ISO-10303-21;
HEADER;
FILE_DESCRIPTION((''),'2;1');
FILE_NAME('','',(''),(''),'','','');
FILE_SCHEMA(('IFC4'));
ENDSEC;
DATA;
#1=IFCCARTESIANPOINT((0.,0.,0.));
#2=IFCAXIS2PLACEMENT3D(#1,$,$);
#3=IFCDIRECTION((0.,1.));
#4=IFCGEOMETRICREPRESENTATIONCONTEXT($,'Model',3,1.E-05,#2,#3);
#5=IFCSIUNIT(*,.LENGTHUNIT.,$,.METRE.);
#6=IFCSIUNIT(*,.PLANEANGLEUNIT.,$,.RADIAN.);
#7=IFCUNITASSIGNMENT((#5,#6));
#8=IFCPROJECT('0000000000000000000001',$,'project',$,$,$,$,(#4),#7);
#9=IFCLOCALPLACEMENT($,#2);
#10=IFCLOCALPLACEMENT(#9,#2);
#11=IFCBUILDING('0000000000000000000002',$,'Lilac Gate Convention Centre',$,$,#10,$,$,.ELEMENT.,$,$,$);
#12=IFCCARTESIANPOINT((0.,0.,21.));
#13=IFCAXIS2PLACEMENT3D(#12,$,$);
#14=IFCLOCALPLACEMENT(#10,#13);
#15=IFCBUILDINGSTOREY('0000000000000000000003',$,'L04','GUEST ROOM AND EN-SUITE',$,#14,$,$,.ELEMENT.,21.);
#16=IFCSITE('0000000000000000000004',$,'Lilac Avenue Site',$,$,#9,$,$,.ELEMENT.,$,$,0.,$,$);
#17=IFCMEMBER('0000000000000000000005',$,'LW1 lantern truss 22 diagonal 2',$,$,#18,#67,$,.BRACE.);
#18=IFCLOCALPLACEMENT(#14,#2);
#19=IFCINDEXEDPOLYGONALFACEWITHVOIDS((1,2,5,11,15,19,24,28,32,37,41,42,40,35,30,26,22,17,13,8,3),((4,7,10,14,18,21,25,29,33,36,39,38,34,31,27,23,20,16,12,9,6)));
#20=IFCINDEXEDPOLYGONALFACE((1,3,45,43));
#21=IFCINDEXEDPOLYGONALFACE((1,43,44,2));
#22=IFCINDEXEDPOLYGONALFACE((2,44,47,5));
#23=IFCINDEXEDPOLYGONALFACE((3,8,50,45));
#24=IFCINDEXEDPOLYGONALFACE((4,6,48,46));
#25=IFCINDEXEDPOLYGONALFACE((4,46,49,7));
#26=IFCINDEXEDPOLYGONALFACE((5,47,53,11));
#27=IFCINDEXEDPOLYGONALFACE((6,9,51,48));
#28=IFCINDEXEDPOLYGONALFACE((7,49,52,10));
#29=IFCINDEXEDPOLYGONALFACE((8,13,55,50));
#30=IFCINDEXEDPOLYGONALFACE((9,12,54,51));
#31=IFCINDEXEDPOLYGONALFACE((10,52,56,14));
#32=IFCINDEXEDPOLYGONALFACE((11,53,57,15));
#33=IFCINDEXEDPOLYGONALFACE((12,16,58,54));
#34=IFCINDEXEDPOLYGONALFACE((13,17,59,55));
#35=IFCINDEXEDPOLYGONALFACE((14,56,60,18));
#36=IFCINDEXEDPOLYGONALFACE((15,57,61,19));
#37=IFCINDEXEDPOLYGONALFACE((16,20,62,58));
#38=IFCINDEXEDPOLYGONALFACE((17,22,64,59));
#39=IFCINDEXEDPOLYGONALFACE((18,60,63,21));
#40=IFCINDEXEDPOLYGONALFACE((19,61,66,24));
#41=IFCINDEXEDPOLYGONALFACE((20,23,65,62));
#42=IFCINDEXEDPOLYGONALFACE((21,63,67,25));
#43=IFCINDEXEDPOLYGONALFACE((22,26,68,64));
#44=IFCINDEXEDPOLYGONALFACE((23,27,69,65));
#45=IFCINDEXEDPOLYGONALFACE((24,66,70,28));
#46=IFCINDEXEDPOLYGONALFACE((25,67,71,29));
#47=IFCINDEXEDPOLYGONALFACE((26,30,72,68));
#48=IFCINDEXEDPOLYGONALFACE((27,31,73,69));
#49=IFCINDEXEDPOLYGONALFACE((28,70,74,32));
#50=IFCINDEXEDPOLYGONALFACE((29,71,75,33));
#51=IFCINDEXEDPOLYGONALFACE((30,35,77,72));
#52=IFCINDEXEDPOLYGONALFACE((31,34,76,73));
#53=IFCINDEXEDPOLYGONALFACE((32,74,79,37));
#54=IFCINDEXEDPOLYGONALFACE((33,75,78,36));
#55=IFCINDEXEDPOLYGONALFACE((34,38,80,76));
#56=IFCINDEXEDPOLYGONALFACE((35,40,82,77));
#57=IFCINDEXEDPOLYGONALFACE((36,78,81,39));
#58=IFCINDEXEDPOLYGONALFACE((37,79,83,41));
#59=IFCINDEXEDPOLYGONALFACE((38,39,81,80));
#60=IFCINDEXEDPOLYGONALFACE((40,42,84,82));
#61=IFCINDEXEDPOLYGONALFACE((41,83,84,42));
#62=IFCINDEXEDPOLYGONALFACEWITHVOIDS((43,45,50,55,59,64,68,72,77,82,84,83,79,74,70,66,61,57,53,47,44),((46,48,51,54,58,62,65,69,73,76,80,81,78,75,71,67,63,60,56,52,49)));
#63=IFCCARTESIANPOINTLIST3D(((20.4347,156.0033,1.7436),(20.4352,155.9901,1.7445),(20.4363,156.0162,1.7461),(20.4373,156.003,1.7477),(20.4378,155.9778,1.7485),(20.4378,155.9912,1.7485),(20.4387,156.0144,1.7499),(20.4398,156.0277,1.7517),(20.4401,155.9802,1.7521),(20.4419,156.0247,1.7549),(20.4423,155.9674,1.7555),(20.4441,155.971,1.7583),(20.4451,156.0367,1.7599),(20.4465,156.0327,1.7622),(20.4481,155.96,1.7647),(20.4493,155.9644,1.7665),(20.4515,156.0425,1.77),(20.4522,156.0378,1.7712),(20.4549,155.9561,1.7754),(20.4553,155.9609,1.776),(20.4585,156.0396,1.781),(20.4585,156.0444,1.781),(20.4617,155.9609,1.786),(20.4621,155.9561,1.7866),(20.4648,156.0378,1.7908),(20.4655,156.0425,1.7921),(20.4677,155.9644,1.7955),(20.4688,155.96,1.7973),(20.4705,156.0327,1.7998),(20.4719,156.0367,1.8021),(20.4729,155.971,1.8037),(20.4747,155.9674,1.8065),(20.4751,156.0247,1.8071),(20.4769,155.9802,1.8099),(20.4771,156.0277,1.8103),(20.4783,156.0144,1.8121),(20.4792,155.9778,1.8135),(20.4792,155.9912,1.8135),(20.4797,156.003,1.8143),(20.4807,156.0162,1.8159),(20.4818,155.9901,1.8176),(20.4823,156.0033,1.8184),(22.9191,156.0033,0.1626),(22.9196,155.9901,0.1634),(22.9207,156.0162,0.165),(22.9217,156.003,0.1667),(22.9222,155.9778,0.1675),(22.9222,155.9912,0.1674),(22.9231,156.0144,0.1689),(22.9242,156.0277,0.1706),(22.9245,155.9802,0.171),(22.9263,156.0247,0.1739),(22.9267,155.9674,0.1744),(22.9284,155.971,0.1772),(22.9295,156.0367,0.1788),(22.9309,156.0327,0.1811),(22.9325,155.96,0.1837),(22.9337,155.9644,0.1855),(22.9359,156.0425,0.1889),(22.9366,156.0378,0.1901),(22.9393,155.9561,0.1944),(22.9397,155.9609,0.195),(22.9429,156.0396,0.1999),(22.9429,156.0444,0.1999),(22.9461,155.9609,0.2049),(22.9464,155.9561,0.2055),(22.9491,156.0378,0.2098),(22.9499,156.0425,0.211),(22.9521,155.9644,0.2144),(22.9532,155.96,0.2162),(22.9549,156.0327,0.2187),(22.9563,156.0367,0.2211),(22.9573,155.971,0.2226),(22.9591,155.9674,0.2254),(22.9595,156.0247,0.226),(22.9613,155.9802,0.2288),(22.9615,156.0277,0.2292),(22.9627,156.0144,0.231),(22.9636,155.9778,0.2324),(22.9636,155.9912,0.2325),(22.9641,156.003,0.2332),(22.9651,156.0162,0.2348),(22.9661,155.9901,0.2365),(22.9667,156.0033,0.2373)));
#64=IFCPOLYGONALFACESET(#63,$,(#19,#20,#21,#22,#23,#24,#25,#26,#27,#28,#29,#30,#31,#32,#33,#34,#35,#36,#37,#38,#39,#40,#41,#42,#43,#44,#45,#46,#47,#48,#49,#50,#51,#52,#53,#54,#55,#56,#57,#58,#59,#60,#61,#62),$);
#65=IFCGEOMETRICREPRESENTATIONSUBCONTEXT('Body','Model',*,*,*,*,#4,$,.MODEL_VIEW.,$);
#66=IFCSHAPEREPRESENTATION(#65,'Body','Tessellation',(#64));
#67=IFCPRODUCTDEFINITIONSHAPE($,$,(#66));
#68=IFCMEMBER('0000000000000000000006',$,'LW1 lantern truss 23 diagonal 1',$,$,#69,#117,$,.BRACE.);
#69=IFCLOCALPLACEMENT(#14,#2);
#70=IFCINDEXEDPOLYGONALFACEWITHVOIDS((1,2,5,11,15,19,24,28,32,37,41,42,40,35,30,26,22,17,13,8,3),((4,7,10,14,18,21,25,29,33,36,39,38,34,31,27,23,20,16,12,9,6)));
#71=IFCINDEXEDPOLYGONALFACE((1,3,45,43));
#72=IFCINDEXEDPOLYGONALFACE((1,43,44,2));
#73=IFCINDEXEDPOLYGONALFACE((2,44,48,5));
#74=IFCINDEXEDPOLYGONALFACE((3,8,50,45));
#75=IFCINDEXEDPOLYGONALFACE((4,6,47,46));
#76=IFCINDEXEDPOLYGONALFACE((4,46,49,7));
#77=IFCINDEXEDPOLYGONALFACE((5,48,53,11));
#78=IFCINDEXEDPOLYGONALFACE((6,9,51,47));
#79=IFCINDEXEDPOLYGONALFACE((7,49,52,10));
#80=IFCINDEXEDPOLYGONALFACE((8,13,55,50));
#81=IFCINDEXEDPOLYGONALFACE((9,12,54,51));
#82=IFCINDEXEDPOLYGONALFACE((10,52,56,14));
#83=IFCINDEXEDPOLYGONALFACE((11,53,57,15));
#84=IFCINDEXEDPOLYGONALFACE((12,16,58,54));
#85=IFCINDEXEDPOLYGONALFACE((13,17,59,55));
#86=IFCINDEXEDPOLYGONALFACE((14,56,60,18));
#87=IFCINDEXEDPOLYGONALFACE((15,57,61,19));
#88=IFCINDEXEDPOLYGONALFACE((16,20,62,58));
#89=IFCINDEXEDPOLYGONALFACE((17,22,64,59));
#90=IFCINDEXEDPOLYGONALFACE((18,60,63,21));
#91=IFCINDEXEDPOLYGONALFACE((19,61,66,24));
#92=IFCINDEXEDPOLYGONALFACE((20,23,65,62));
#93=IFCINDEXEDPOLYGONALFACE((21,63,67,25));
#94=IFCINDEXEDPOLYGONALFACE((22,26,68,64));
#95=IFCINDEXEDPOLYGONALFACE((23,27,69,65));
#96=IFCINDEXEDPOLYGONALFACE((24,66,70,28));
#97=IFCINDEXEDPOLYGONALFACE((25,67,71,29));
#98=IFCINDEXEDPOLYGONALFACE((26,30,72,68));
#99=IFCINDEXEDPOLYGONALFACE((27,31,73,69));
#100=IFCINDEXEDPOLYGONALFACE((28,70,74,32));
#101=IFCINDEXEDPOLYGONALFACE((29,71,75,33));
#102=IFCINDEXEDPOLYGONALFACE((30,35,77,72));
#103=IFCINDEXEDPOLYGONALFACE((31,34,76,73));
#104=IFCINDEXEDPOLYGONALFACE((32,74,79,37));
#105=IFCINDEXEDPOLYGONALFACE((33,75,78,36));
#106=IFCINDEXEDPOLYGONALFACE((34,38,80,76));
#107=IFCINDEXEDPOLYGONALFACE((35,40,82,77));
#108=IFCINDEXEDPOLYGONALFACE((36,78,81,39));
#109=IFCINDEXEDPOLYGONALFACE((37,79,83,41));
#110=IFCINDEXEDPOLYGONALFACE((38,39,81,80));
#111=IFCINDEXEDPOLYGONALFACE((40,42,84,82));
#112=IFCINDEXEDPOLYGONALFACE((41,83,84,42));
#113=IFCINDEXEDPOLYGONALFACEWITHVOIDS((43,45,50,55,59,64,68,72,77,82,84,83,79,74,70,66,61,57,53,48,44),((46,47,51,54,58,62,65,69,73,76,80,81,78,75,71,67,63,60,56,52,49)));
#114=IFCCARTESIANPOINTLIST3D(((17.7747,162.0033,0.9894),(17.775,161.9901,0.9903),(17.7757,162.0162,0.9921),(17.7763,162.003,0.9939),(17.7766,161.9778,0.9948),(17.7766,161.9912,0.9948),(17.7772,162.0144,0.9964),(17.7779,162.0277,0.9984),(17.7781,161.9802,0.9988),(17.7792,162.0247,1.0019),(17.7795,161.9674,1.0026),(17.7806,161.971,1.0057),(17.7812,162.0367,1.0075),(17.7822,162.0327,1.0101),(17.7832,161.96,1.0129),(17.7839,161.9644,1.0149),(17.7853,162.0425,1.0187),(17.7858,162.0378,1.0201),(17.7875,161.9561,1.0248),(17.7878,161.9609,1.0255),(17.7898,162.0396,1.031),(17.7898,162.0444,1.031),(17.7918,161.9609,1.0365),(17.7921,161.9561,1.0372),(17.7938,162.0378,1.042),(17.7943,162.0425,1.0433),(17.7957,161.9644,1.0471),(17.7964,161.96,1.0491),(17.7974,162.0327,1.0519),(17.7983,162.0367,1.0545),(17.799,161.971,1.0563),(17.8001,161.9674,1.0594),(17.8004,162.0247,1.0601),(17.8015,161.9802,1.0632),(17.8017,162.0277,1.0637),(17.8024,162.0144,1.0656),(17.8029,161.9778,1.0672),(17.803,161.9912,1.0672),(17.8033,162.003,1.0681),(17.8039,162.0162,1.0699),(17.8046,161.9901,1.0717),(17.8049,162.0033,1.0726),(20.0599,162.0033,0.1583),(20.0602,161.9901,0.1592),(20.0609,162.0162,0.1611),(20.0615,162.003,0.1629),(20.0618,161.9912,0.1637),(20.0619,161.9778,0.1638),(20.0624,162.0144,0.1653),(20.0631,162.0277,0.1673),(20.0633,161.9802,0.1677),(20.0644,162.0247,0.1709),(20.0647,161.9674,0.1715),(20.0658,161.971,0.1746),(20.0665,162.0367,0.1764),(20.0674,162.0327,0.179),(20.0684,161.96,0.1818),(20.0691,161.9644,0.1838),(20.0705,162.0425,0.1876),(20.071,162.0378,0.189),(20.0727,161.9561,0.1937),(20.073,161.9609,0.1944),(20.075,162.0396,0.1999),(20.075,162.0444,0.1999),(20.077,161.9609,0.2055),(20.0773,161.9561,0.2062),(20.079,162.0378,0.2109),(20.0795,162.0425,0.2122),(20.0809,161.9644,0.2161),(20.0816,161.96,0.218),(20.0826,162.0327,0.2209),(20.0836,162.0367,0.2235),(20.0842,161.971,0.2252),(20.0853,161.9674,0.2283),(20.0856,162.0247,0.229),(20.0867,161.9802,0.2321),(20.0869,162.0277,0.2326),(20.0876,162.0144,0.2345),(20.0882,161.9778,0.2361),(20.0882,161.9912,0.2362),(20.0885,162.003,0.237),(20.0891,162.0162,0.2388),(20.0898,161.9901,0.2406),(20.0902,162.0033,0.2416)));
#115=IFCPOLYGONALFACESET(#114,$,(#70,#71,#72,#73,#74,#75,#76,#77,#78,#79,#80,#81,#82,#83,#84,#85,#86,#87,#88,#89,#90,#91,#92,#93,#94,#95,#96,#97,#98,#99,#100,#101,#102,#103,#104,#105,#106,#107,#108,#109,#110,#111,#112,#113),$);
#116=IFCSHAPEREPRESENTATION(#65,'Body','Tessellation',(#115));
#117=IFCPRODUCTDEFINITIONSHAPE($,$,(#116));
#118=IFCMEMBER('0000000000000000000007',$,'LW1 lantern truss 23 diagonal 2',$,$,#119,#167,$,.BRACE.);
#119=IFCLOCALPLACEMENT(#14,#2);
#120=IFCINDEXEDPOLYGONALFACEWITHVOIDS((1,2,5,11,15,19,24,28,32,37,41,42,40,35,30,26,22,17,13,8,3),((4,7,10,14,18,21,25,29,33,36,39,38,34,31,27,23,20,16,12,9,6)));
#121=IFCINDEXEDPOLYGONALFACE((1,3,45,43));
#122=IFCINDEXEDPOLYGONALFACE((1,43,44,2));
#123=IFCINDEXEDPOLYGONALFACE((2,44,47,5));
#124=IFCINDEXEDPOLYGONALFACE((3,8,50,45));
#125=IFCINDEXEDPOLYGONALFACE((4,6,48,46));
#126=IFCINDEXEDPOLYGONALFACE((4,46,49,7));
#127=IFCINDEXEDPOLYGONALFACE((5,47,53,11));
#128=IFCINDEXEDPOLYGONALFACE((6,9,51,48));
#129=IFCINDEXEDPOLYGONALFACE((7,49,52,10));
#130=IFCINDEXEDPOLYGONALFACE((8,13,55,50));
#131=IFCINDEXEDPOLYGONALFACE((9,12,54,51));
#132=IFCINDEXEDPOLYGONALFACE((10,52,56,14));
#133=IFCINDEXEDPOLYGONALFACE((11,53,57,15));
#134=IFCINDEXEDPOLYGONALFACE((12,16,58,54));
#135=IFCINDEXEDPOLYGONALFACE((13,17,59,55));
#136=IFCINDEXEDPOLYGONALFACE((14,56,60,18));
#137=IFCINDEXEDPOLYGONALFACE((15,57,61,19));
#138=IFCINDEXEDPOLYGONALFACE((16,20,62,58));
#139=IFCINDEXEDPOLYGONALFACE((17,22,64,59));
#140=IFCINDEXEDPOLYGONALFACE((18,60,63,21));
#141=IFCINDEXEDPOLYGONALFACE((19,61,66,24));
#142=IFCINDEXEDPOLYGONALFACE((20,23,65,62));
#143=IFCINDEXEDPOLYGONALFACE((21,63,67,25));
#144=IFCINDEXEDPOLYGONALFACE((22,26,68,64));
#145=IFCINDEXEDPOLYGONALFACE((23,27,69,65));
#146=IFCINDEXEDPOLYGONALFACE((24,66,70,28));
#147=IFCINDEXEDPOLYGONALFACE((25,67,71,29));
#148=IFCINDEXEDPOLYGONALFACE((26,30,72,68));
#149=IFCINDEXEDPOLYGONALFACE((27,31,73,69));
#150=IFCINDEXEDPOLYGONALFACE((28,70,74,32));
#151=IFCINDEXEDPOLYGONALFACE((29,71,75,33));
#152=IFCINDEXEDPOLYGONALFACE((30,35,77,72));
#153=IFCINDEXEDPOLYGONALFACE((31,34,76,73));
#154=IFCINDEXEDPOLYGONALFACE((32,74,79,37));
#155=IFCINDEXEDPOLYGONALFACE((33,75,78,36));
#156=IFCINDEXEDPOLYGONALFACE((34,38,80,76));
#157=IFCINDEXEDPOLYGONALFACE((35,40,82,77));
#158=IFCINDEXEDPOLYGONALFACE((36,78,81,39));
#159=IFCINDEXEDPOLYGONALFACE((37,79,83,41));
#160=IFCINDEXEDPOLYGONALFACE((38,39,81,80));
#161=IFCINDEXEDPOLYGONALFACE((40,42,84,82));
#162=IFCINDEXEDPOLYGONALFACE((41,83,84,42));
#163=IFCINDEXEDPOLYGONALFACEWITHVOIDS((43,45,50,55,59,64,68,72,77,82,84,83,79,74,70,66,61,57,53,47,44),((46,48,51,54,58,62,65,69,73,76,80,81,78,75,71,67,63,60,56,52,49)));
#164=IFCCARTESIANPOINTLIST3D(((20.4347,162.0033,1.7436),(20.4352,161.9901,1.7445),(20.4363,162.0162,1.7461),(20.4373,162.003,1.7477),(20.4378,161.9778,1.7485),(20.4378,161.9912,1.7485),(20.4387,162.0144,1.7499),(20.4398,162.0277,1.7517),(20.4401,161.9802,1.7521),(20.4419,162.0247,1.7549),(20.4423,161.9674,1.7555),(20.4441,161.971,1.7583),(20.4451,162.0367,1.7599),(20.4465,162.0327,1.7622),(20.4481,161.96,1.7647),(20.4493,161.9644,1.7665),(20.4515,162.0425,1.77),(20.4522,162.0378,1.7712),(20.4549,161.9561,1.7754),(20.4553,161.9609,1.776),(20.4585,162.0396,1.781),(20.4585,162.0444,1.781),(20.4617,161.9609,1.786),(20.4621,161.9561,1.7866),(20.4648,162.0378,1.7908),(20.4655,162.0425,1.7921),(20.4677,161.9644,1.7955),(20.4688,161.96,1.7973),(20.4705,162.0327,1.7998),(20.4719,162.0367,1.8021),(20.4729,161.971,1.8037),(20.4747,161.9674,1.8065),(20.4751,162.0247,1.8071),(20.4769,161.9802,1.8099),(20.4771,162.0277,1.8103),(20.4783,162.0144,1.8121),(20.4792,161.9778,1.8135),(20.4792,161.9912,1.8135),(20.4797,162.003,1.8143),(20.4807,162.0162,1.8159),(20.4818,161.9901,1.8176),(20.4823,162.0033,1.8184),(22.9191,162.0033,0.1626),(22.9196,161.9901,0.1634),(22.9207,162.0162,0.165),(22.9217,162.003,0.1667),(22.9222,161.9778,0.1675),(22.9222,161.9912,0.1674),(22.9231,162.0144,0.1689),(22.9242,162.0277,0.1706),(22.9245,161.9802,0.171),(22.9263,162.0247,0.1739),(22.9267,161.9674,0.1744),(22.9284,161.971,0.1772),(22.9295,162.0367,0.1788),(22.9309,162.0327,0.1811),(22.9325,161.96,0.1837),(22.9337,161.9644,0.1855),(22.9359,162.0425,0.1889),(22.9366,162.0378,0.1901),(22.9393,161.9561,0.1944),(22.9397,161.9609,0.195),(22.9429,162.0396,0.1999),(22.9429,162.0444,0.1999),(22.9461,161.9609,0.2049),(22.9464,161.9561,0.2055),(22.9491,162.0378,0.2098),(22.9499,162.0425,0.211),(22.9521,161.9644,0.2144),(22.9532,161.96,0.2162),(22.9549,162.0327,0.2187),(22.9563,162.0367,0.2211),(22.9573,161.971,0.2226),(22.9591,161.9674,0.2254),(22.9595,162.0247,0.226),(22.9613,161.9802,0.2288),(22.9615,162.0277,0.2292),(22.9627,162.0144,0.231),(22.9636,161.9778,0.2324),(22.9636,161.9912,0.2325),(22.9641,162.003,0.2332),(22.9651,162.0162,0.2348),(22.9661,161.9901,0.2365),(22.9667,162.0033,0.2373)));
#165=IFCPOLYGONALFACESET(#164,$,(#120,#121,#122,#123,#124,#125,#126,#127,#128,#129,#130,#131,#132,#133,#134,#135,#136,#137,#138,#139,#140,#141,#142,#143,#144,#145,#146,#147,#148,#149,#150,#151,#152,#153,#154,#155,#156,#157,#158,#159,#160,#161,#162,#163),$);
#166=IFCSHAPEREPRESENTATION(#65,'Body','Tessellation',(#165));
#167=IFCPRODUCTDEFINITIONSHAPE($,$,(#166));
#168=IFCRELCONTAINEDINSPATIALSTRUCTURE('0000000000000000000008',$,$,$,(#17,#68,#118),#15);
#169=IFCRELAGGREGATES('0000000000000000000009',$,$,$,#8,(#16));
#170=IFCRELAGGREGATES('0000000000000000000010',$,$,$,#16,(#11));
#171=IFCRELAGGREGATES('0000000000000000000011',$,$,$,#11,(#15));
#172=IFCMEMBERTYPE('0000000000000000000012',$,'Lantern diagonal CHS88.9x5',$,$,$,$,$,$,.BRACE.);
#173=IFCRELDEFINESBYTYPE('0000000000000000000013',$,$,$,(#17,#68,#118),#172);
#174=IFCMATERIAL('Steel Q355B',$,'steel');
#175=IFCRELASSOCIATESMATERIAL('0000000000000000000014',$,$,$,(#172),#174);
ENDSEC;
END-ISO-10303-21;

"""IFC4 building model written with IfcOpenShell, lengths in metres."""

from ifc_helpers import new_model, si_unit, direction, frame, origin, origin_2d, place, context, subcontext, project, spatial, hollow_circle, extrude, material, material_profile, profile_set, type_object, element, save


model = new_model("IFC4")

# Units and contexts
model_context = context("Model", 3, precision=1e-05, world=origin(), true_north=direction((0.0, 1.0)))
body_context = subcontext(model_context, "Body", "Model", "MODEL_VIEW")
ifc_project = project(units=[si_unit("LENGTHUNIT", "METRE"), si_unit("PLANEANGLEUNIT", "RADIAN")], contexts=[model_context])

# Site, building, storey
site_placement = place(None, origin())
site = spatial("IfcSite", under=ifc_project, at=site_placement, Name="Lilac Avenue Site", CompositionType="ELEMENT", RefElevation=0.0)
building_placement = place(site_placement, origin())
building = spatial("IfcBuilding", under=site, at=building_placement, Name="Lilac Gate Convention Centre", CompositionType="ELEMENT")
storey_placement = place(building_placement, frame((0.0, 0.0, 21.0)))
storey = spatial("IfcBuildingStorey", under=building, at=storey_placement, Name="L04", Description="GUEST ROOM AND EN-SUITE", CompositionType="ELEMENT", Elevation=21.0)

# Members
ifc_material_1 = material(Name="Steel Q355B", Category="steel")
ifc_material_profile_1 = material_profile(ifc_material_1, hollow_circle(Radius=0.0444, WallThickness=0.0049, at=origin_2d()), Name="CHS88.9x5")
ifc_profile_set_1 = profile_set([ifc_material_profile_1], Name="Steel Q355B")
member_type_1 = type_object("IfcMemberType", Name="Lantern diagonal CHS88.9x5", PredefinedType="BRACE", material=ifc_profile_set_1)
member_1_placement = place(storey_placement, frame((20.4585, 156.0, 1.781), z_axis=(0.843648, 0.0, -0.536897), x_axis=(0.0, 1.0, 0.0)))
element("IfcMember", 1, at=member_1_placement, inside=storey, type_object=member_type_1, Name="LW1 lantern truss 22 diagonal 2", PredefinedType="BRACE", context=body_context, shape_type="SweptSolid", body=[
    extrude(hollow_circle(Radius=0.0444, WallThickness=0.0049, at=origin_2d()), origin(), (0.0, 0.0, 1.0), 2.9448),
])
member_2_placement = place(storey_placement, frame((17.7898, 162.0, 1.031), z_axis=(0.939782, 0.0, -0.341775), x_axis=(0.0, 1.0, 0.0)))
element("IfcMember", 2, at=member_2_placement, inside=storey, type_object=member_type_1, Name="LW1 lantern truss 23 diagonal 1", PredefinedType="BRACE", context=body_context, shape_type="SweptSolid", body=[
    extrude(hollow_circle(Radius=0.0444, WallThickness=0.0049, at=origin_2d()), origin(), (0.0, 0.0, 1.0), 2.4316),
])
member_3_placement = place(storey_placement, frame((20.4585, 162.0, 1.781), z_axis=(0.843648, 0.0, -0.536897), x_axis=(0.0, 1.0, 0.0)))
element("IfcMember", 3, at=member_3_placement, inside=storey, type_object=member_type_1, Name="LW1 lantern truss 23 diagonal 2", PredefinedType="BRACE", context=body_context, shape_type="SweptSolid", body=[
    extrude(hollow_circle(Radius=0.0444, WallThickness=0.0049, at=origin_2d()), origin(), (0.0, 0.0, 1.0), 2.9448),
])

save(model, "model.ifc")
